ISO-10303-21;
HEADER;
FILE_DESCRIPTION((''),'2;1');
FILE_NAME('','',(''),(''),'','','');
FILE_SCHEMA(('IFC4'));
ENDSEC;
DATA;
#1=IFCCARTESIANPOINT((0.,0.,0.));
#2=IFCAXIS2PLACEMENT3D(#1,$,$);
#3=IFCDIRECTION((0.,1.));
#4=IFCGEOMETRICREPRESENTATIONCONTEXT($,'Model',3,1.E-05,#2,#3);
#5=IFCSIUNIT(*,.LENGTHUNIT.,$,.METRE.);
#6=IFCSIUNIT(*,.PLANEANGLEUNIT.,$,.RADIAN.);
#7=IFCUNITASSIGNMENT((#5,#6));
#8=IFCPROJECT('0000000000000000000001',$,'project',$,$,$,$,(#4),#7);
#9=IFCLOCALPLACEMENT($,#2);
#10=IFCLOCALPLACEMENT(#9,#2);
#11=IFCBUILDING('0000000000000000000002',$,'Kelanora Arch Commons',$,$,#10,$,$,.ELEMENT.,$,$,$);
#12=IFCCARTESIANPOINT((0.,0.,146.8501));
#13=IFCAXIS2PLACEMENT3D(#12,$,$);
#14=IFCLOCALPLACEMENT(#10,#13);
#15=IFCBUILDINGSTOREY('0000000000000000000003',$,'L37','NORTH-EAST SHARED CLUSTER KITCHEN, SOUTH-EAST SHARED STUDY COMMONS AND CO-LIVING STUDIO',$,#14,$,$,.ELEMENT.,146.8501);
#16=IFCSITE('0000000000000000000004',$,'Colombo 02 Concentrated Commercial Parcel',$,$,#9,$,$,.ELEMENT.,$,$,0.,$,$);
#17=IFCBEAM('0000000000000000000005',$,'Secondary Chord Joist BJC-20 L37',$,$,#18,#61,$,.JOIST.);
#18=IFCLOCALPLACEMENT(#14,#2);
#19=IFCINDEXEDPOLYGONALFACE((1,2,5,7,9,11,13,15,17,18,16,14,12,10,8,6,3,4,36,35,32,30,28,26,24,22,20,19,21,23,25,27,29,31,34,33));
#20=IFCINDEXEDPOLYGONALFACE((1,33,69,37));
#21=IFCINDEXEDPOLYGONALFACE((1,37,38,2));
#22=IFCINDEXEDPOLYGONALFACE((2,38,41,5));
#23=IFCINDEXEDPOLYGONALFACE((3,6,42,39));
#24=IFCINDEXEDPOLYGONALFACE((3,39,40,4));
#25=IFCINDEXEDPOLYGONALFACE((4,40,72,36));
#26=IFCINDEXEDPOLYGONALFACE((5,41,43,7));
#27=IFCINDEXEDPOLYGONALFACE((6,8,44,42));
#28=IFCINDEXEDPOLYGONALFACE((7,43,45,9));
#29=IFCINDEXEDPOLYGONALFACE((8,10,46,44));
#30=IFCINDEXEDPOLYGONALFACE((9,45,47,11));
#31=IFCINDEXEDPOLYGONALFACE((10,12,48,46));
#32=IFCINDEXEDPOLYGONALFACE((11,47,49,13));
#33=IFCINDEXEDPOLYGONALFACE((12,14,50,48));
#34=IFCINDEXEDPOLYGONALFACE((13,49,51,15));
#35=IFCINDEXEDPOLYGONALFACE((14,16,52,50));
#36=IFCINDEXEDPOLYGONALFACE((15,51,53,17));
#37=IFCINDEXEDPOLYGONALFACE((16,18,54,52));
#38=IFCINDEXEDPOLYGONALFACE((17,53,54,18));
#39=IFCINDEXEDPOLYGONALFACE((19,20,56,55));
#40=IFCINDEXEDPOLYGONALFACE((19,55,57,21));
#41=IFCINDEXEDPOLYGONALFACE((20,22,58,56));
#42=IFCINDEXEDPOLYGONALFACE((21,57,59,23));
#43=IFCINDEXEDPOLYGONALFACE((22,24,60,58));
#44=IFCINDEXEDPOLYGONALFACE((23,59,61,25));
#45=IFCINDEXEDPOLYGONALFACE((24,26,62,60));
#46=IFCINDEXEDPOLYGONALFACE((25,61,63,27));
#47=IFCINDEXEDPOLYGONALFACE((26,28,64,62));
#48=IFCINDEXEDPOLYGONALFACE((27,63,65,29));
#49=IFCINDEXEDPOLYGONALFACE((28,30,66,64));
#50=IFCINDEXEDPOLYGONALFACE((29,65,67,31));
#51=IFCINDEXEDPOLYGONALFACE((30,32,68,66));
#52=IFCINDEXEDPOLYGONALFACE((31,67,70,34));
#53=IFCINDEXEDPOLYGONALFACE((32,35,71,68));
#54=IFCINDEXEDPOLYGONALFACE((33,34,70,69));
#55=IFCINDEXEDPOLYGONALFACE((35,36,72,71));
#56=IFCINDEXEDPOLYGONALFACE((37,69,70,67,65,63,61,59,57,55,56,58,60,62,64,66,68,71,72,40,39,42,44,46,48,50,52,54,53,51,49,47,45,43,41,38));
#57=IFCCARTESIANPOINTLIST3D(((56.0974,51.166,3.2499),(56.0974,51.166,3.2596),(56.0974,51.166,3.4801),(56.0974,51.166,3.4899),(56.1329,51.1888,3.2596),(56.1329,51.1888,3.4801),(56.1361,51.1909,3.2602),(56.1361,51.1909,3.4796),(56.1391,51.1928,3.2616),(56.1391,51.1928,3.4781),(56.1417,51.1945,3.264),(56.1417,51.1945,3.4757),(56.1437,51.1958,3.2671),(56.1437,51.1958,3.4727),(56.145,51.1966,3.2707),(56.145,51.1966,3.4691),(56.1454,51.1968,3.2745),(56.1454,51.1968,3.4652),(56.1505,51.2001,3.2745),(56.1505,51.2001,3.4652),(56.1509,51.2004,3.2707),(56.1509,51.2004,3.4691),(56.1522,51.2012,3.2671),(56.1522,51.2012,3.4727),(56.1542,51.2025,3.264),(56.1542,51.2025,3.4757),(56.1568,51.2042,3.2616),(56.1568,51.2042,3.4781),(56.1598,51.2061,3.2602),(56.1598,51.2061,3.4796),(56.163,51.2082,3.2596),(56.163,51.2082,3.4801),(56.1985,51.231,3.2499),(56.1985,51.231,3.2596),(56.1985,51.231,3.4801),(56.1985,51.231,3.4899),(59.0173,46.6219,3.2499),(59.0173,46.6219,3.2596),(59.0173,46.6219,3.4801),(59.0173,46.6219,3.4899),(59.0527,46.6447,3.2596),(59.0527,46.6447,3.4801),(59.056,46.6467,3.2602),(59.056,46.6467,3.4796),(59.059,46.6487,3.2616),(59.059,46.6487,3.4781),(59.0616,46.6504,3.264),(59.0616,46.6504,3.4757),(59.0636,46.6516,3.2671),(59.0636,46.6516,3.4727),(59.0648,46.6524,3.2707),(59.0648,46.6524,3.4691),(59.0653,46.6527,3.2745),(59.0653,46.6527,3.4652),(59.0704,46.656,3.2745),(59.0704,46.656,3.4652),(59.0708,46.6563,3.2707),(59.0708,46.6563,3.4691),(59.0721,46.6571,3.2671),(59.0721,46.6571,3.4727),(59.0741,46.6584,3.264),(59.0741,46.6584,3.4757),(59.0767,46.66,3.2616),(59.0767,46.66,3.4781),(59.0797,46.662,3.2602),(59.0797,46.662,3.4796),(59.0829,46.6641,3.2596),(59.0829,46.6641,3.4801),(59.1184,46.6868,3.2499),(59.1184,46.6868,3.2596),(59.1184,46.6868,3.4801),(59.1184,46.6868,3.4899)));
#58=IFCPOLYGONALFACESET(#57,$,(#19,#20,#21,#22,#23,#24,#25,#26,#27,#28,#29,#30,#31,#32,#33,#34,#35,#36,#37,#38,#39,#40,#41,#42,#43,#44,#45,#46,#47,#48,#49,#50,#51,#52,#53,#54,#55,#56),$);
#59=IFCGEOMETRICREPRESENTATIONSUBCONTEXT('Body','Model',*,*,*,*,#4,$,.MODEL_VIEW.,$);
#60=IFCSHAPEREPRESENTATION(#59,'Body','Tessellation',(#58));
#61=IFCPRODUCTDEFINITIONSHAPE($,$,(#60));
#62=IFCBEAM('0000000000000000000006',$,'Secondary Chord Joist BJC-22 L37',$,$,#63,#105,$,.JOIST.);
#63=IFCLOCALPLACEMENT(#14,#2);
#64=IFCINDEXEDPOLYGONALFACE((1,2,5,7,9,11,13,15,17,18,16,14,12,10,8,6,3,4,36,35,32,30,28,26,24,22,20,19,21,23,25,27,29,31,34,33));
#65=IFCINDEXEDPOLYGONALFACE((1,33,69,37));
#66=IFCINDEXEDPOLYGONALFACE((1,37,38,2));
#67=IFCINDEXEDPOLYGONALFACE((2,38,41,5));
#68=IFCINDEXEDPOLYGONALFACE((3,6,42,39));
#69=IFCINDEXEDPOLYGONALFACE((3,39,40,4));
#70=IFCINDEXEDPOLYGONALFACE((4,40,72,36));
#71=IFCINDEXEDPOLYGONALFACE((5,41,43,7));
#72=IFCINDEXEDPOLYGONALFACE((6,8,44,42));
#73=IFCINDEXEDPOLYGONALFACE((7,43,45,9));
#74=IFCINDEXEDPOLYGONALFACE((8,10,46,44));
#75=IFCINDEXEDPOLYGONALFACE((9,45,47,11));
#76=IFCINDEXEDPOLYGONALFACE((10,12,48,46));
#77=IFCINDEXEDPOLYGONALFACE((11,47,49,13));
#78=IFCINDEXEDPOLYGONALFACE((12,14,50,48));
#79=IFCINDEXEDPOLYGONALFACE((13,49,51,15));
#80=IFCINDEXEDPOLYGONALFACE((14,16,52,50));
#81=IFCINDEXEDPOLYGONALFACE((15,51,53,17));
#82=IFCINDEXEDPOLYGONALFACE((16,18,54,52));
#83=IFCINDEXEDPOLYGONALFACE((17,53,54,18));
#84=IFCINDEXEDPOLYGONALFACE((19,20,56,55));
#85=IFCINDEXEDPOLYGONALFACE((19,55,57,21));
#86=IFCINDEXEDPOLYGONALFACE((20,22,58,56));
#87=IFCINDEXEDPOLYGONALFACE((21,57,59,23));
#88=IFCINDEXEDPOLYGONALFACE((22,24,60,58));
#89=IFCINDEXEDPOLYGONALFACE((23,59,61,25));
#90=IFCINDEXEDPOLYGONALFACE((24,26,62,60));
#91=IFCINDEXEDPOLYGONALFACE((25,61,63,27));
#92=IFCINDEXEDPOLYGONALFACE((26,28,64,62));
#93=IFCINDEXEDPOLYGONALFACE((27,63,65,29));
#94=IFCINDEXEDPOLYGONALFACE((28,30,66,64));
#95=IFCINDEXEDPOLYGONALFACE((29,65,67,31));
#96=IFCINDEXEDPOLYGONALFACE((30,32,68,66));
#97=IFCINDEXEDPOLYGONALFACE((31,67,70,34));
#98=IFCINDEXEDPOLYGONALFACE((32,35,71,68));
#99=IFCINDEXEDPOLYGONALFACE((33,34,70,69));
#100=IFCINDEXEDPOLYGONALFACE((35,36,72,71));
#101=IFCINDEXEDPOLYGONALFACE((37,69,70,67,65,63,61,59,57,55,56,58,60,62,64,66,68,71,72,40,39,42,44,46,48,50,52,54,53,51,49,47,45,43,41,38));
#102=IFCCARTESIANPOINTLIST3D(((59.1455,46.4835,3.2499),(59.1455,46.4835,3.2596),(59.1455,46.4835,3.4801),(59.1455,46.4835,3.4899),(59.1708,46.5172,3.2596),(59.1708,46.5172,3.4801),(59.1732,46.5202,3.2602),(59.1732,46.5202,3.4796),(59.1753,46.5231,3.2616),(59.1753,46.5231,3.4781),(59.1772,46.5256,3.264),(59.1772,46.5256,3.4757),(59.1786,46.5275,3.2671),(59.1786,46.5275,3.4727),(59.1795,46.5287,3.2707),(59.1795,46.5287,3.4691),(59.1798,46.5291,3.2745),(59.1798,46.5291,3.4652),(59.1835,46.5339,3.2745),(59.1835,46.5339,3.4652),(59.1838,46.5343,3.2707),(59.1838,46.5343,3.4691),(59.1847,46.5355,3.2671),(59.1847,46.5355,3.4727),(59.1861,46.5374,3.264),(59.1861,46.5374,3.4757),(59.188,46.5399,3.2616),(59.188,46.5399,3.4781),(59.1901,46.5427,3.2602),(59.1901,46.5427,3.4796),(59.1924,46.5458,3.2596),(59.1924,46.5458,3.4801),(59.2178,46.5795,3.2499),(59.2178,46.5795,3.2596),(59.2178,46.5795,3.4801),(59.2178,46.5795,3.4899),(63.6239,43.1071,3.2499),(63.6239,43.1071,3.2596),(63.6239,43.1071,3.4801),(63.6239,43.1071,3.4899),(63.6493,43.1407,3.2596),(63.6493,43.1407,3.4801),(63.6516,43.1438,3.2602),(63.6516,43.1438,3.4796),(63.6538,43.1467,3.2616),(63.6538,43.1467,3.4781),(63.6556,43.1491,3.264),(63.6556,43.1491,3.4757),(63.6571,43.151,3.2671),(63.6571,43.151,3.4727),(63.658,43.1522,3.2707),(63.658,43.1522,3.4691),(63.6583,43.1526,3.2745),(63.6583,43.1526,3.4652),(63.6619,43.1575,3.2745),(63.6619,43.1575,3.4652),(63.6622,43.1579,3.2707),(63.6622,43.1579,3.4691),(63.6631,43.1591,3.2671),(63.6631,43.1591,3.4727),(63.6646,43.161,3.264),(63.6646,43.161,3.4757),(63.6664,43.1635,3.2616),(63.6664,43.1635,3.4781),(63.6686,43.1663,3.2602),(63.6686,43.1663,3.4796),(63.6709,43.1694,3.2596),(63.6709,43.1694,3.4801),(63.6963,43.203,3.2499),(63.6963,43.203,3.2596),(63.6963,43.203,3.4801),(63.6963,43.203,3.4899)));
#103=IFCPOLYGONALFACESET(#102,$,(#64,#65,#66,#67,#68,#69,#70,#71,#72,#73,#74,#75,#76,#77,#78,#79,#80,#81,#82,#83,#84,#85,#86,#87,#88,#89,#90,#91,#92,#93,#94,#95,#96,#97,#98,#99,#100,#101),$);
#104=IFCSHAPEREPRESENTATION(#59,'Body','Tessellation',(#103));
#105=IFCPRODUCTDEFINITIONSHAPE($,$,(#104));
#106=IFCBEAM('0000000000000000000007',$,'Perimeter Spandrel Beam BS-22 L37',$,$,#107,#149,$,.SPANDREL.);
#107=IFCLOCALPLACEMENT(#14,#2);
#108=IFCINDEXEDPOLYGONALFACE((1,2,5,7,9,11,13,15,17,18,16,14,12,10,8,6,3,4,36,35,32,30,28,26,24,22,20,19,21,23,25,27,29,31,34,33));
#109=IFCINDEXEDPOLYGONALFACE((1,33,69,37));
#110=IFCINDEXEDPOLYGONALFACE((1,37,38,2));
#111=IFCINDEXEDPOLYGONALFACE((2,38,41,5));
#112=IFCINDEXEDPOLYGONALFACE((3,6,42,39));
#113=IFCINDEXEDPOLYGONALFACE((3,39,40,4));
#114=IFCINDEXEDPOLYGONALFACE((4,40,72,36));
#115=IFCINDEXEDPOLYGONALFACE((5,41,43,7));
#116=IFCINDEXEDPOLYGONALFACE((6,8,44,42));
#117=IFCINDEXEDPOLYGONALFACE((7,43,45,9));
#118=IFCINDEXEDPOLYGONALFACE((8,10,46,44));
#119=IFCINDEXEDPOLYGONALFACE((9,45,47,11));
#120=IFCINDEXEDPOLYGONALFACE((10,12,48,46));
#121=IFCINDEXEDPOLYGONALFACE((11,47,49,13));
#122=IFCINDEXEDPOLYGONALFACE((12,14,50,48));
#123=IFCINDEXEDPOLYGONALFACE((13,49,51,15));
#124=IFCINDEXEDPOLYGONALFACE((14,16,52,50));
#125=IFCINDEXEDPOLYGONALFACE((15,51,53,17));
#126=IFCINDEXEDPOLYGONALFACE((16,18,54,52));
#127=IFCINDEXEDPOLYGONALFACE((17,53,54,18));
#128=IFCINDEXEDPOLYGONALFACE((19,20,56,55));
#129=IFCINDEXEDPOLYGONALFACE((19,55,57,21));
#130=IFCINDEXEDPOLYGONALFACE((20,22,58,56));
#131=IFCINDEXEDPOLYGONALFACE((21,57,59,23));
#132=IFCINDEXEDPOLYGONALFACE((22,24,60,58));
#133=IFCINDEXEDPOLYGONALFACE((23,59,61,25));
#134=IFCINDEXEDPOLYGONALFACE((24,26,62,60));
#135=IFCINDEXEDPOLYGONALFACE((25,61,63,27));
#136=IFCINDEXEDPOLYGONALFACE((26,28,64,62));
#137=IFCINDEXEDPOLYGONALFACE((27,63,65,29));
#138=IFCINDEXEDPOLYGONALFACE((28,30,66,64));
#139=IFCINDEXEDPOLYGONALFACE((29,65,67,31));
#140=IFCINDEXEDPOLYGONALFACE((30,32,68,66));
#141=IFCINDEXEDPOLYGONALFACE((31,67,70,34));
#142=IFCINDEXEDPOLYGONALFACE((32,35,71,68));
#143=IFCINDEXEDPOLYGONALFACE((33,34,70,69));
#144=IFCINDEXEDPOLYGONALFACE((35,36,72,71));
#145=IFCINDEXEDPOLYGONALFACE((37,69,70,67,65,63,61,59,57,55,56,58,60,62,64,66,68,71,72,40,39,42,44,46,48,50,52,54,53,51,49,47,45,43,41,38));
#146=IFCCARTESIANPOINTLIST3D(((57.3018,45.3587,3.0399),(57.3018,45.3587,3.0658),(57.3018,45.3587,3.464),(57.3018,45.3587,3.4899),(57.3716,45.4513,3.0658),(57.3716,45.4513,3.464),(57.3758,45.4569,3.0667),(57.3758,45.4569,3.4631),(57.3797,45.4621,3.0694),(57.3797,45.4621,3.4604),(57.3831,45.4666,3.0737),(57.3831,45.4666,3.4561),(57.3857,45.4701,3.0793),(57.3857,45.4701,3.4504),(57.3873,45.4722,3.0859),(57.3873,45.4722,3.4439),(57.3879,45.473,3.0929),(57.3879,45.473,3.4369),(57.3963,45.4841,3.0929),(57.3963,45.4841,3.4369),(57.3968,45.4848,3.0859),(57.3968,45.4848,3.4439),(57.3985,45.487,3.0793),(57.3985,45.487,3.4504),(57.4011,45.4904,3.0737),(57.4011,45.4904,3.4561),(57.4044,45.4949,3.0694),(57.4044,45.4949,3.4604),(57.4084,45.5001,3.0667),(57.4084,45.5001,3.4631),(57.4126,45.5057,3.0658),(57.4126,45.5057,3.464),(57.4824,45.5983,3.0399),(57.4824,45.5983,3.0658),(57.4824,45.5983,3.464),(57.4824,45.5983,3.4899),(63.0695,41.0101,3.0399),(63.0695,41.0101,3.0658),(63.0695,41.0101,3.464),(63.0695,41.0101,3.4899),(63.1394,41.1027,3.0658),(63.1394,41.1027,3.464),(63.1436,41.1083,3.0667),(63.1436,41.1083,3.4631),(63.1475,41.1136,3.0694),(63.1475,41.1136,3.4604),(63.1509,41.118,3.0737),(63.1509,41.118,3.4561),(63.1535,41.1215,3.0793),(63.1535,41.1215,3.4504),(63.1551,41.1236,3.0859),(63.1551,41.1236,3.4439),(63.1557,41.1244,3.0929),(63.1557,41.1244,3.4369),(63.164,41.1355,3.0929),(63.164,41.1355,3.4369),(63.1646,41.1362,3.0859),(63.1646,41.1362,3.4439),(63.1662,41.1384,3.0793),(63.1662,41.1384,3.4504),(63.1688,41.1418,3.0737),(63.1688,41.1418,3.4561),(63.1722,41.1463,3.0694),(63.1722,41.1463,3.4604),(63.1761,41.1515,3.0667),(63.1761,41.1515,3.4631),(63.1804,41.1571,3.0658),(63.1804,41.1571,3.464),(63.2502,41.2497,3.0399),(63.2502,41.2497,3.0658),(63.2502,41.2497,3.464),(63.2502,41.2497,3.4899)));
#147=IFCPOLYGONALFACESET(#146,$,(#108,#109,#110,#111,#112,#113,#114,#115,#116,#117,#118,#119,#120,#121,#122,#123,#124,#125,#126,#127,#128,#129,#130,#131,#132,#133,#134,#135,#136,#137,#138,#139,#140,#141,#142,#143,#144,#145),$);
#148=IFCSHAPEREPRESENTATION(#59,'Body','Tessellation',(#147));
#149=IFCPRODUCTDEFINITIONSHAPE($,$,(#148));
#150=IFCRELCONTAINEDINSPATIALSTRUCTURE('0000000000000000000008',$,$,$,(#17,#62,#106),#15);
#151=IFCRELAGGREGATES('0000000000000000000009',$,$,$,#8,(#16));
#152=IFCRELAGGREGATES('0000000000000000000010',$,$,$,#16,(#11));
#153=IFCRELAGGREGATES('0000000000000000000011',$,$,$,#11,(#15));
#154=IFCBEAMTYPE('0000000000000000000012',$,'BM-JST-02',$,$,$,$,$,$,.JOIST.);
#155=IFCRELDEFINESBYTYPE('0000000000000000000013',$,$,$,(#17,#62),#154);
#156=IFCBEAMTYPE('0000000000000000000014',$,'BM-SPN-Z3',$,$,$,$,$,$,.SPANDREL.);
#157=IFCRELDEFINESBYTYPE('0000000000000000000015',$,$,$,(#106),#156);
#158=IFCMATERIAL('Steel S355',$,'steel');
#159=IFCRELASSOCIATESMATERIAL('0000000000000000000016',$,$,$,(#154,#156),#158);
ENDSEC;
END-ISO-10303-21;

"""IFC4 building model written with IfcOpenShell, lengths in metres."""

from ifc_helpers import new_model, si_unit, direction, frame, origin, origin_2d, place, context, subcontext, project, spatial, i_section, extrude, material, material_profile, profile_set, type_object, element, save


model = new_model("IFC4")

# Units and contexts
model_context = context("Model", 3, precision=1e-05, world=origin(), true_north=direction((0.0, 1.0)))
body_context = subcontext(model_context, "Body", "Model", "MODEL_VIEW")
ifc_project = project(units=[si_unit("LENGTHUNIT", "METRE"), si_unit("PLANEANGLEUNIT", "RADIAN")], contexts=[model_context])

# Site, building, storey
site_placement = place(None, origin())
site = spatial("IfcSite", under=ifc_project, at=site_placement, Name="Colombo 02 Concentrated Commercial Parcel", CompositionType="ELEMENT", RefElevation=0.0)
building_placement = place(site_placement, origin())
building = spatial("IfcBuilding", under=site, at=building_placement, Name="Kelanora Arch Commons", CompositionType="ELEMENT")
storey_placement = place(building_placement, frame((0.0, 0.0, 146.8501)))
storey = spatial("IfcBuildingStorey", under=building, at=storey_placement, Name="L37", Description="NORTH-EAST SHARED CLUSTER KITCHEN, SOUTH-EAST SHARED STUDY COMMONS AND CO-LIVING STUDIO", CompositionType="ELEMENT", Elevation=146.8501)

# Beams
ifc_material_1 = material(Name="Steel S355", Category="steel")
ifc_material_profile_1 = material_profile(ifc_material_1, i_section(OverallWidth=0.1201, OverallDepth=0.24, WebThickness=0.0061, FlangeThickness=0.0098, FilletRadius=0.0149, at=origin_2d()), Name="IPE240")
ifc_profile_set_1 = profile_set([ifc_material_profile_1], Name="Steel S355")
beam_type_1 = type_object("IfcBeamType", Name="BM-JST-02", PredefinedType="JOIST", material=ifc_profile_set_1)
beam_1_placement = place(storey_placement, frame((56.1479, 51.1985, 3.3699), z_axis=(0.540582, -0.841292, 0.0), x_axis=(0.841292, 0.540582, 0.0)))
element("IfcBeam", 1, at=beam_1_placement, inside=storey, type_object=beam_type_1, Name="Secondary Chord Joist BJC-20 L37", PredefinedType="JOIST", context=body_context, shape_type="SweptSolid", body=[
    extrude(i_section(OverallWidth=0.1201, OverallDepth=0.24, WebThickness=0.0061, FlangeThickness=0.0098, FilletRadius=0.0149, at=origin_2d()), origin(), (0.0, 0.0, 1.0), 5.4014),
])
beam_2_placement = place(storey_placement, frame((59.1816, 46.5315, 3.3699), z_axis=(0.798493, -0.602004, 0.0), x_axis=(0.602004, 0.798493, 0.0)))
element("IfcBeam", 2, at=beam_2_placement, inside=storey, type_object=beam_type_1, Name="Secondary Chord Joist BJC-22 L37", PredefinedType="JOIST", context=body_context, shape_type="SweptSolid", body=[
    extrude(i_section(OverallWidth=0.1201, OverallDepth=0.24, WebThickness=0.0061, FlangeThickness=0.0098, FilletRadius=0.0149, at=origin_2d()), origin(), (0.0, 0.0, 1.0), 5.6086),
])
ifc_material_profile_2 = material_profile(ifc_material_1, i_section(OverallWidth=0.3, OverallDepth=0.45, WebThickness=0.0139, FlangeThickness=0.0259, FilletRadius=0.0271, at=origin_2d()), Name="HEB450")
ifc_profile_set_2 = profile_set([ifc_material_profile_2], Name="Steel S355")
beam_type_2 = type_object("IfcBeamType", Name="BM-SPN-Z3", PredefinedType="SPANDREL", material=ifc_profile_set_2)
beam_3_placement = place(storey_placement, frame((57.3921, 45.4785, 3.2649), z_axis=(0.798485, -0.602015, 0.0), x_axis=(0.602015, 0.798485, 0.0)))
element("IfcBeam", 3, at=beam_3_placement, inside=storey, type_object=beam_type_2, Name="Perimeter Spandrel Beam BS-22 L37", PredefinedType="SPANDREL", context=body_context, shape_type="SweptSolid", body=[
    extrude(i_section(OverallWidth=0.3, OverallDepth=0.45, WebThickness=0.0139, FlangeThickness=0.0259, FilletRadius=0.0271, at=origin_2d()), origin(), (0.0, 0.0, 1.0), 7.2234),
])

save(model, "model.ifc")
